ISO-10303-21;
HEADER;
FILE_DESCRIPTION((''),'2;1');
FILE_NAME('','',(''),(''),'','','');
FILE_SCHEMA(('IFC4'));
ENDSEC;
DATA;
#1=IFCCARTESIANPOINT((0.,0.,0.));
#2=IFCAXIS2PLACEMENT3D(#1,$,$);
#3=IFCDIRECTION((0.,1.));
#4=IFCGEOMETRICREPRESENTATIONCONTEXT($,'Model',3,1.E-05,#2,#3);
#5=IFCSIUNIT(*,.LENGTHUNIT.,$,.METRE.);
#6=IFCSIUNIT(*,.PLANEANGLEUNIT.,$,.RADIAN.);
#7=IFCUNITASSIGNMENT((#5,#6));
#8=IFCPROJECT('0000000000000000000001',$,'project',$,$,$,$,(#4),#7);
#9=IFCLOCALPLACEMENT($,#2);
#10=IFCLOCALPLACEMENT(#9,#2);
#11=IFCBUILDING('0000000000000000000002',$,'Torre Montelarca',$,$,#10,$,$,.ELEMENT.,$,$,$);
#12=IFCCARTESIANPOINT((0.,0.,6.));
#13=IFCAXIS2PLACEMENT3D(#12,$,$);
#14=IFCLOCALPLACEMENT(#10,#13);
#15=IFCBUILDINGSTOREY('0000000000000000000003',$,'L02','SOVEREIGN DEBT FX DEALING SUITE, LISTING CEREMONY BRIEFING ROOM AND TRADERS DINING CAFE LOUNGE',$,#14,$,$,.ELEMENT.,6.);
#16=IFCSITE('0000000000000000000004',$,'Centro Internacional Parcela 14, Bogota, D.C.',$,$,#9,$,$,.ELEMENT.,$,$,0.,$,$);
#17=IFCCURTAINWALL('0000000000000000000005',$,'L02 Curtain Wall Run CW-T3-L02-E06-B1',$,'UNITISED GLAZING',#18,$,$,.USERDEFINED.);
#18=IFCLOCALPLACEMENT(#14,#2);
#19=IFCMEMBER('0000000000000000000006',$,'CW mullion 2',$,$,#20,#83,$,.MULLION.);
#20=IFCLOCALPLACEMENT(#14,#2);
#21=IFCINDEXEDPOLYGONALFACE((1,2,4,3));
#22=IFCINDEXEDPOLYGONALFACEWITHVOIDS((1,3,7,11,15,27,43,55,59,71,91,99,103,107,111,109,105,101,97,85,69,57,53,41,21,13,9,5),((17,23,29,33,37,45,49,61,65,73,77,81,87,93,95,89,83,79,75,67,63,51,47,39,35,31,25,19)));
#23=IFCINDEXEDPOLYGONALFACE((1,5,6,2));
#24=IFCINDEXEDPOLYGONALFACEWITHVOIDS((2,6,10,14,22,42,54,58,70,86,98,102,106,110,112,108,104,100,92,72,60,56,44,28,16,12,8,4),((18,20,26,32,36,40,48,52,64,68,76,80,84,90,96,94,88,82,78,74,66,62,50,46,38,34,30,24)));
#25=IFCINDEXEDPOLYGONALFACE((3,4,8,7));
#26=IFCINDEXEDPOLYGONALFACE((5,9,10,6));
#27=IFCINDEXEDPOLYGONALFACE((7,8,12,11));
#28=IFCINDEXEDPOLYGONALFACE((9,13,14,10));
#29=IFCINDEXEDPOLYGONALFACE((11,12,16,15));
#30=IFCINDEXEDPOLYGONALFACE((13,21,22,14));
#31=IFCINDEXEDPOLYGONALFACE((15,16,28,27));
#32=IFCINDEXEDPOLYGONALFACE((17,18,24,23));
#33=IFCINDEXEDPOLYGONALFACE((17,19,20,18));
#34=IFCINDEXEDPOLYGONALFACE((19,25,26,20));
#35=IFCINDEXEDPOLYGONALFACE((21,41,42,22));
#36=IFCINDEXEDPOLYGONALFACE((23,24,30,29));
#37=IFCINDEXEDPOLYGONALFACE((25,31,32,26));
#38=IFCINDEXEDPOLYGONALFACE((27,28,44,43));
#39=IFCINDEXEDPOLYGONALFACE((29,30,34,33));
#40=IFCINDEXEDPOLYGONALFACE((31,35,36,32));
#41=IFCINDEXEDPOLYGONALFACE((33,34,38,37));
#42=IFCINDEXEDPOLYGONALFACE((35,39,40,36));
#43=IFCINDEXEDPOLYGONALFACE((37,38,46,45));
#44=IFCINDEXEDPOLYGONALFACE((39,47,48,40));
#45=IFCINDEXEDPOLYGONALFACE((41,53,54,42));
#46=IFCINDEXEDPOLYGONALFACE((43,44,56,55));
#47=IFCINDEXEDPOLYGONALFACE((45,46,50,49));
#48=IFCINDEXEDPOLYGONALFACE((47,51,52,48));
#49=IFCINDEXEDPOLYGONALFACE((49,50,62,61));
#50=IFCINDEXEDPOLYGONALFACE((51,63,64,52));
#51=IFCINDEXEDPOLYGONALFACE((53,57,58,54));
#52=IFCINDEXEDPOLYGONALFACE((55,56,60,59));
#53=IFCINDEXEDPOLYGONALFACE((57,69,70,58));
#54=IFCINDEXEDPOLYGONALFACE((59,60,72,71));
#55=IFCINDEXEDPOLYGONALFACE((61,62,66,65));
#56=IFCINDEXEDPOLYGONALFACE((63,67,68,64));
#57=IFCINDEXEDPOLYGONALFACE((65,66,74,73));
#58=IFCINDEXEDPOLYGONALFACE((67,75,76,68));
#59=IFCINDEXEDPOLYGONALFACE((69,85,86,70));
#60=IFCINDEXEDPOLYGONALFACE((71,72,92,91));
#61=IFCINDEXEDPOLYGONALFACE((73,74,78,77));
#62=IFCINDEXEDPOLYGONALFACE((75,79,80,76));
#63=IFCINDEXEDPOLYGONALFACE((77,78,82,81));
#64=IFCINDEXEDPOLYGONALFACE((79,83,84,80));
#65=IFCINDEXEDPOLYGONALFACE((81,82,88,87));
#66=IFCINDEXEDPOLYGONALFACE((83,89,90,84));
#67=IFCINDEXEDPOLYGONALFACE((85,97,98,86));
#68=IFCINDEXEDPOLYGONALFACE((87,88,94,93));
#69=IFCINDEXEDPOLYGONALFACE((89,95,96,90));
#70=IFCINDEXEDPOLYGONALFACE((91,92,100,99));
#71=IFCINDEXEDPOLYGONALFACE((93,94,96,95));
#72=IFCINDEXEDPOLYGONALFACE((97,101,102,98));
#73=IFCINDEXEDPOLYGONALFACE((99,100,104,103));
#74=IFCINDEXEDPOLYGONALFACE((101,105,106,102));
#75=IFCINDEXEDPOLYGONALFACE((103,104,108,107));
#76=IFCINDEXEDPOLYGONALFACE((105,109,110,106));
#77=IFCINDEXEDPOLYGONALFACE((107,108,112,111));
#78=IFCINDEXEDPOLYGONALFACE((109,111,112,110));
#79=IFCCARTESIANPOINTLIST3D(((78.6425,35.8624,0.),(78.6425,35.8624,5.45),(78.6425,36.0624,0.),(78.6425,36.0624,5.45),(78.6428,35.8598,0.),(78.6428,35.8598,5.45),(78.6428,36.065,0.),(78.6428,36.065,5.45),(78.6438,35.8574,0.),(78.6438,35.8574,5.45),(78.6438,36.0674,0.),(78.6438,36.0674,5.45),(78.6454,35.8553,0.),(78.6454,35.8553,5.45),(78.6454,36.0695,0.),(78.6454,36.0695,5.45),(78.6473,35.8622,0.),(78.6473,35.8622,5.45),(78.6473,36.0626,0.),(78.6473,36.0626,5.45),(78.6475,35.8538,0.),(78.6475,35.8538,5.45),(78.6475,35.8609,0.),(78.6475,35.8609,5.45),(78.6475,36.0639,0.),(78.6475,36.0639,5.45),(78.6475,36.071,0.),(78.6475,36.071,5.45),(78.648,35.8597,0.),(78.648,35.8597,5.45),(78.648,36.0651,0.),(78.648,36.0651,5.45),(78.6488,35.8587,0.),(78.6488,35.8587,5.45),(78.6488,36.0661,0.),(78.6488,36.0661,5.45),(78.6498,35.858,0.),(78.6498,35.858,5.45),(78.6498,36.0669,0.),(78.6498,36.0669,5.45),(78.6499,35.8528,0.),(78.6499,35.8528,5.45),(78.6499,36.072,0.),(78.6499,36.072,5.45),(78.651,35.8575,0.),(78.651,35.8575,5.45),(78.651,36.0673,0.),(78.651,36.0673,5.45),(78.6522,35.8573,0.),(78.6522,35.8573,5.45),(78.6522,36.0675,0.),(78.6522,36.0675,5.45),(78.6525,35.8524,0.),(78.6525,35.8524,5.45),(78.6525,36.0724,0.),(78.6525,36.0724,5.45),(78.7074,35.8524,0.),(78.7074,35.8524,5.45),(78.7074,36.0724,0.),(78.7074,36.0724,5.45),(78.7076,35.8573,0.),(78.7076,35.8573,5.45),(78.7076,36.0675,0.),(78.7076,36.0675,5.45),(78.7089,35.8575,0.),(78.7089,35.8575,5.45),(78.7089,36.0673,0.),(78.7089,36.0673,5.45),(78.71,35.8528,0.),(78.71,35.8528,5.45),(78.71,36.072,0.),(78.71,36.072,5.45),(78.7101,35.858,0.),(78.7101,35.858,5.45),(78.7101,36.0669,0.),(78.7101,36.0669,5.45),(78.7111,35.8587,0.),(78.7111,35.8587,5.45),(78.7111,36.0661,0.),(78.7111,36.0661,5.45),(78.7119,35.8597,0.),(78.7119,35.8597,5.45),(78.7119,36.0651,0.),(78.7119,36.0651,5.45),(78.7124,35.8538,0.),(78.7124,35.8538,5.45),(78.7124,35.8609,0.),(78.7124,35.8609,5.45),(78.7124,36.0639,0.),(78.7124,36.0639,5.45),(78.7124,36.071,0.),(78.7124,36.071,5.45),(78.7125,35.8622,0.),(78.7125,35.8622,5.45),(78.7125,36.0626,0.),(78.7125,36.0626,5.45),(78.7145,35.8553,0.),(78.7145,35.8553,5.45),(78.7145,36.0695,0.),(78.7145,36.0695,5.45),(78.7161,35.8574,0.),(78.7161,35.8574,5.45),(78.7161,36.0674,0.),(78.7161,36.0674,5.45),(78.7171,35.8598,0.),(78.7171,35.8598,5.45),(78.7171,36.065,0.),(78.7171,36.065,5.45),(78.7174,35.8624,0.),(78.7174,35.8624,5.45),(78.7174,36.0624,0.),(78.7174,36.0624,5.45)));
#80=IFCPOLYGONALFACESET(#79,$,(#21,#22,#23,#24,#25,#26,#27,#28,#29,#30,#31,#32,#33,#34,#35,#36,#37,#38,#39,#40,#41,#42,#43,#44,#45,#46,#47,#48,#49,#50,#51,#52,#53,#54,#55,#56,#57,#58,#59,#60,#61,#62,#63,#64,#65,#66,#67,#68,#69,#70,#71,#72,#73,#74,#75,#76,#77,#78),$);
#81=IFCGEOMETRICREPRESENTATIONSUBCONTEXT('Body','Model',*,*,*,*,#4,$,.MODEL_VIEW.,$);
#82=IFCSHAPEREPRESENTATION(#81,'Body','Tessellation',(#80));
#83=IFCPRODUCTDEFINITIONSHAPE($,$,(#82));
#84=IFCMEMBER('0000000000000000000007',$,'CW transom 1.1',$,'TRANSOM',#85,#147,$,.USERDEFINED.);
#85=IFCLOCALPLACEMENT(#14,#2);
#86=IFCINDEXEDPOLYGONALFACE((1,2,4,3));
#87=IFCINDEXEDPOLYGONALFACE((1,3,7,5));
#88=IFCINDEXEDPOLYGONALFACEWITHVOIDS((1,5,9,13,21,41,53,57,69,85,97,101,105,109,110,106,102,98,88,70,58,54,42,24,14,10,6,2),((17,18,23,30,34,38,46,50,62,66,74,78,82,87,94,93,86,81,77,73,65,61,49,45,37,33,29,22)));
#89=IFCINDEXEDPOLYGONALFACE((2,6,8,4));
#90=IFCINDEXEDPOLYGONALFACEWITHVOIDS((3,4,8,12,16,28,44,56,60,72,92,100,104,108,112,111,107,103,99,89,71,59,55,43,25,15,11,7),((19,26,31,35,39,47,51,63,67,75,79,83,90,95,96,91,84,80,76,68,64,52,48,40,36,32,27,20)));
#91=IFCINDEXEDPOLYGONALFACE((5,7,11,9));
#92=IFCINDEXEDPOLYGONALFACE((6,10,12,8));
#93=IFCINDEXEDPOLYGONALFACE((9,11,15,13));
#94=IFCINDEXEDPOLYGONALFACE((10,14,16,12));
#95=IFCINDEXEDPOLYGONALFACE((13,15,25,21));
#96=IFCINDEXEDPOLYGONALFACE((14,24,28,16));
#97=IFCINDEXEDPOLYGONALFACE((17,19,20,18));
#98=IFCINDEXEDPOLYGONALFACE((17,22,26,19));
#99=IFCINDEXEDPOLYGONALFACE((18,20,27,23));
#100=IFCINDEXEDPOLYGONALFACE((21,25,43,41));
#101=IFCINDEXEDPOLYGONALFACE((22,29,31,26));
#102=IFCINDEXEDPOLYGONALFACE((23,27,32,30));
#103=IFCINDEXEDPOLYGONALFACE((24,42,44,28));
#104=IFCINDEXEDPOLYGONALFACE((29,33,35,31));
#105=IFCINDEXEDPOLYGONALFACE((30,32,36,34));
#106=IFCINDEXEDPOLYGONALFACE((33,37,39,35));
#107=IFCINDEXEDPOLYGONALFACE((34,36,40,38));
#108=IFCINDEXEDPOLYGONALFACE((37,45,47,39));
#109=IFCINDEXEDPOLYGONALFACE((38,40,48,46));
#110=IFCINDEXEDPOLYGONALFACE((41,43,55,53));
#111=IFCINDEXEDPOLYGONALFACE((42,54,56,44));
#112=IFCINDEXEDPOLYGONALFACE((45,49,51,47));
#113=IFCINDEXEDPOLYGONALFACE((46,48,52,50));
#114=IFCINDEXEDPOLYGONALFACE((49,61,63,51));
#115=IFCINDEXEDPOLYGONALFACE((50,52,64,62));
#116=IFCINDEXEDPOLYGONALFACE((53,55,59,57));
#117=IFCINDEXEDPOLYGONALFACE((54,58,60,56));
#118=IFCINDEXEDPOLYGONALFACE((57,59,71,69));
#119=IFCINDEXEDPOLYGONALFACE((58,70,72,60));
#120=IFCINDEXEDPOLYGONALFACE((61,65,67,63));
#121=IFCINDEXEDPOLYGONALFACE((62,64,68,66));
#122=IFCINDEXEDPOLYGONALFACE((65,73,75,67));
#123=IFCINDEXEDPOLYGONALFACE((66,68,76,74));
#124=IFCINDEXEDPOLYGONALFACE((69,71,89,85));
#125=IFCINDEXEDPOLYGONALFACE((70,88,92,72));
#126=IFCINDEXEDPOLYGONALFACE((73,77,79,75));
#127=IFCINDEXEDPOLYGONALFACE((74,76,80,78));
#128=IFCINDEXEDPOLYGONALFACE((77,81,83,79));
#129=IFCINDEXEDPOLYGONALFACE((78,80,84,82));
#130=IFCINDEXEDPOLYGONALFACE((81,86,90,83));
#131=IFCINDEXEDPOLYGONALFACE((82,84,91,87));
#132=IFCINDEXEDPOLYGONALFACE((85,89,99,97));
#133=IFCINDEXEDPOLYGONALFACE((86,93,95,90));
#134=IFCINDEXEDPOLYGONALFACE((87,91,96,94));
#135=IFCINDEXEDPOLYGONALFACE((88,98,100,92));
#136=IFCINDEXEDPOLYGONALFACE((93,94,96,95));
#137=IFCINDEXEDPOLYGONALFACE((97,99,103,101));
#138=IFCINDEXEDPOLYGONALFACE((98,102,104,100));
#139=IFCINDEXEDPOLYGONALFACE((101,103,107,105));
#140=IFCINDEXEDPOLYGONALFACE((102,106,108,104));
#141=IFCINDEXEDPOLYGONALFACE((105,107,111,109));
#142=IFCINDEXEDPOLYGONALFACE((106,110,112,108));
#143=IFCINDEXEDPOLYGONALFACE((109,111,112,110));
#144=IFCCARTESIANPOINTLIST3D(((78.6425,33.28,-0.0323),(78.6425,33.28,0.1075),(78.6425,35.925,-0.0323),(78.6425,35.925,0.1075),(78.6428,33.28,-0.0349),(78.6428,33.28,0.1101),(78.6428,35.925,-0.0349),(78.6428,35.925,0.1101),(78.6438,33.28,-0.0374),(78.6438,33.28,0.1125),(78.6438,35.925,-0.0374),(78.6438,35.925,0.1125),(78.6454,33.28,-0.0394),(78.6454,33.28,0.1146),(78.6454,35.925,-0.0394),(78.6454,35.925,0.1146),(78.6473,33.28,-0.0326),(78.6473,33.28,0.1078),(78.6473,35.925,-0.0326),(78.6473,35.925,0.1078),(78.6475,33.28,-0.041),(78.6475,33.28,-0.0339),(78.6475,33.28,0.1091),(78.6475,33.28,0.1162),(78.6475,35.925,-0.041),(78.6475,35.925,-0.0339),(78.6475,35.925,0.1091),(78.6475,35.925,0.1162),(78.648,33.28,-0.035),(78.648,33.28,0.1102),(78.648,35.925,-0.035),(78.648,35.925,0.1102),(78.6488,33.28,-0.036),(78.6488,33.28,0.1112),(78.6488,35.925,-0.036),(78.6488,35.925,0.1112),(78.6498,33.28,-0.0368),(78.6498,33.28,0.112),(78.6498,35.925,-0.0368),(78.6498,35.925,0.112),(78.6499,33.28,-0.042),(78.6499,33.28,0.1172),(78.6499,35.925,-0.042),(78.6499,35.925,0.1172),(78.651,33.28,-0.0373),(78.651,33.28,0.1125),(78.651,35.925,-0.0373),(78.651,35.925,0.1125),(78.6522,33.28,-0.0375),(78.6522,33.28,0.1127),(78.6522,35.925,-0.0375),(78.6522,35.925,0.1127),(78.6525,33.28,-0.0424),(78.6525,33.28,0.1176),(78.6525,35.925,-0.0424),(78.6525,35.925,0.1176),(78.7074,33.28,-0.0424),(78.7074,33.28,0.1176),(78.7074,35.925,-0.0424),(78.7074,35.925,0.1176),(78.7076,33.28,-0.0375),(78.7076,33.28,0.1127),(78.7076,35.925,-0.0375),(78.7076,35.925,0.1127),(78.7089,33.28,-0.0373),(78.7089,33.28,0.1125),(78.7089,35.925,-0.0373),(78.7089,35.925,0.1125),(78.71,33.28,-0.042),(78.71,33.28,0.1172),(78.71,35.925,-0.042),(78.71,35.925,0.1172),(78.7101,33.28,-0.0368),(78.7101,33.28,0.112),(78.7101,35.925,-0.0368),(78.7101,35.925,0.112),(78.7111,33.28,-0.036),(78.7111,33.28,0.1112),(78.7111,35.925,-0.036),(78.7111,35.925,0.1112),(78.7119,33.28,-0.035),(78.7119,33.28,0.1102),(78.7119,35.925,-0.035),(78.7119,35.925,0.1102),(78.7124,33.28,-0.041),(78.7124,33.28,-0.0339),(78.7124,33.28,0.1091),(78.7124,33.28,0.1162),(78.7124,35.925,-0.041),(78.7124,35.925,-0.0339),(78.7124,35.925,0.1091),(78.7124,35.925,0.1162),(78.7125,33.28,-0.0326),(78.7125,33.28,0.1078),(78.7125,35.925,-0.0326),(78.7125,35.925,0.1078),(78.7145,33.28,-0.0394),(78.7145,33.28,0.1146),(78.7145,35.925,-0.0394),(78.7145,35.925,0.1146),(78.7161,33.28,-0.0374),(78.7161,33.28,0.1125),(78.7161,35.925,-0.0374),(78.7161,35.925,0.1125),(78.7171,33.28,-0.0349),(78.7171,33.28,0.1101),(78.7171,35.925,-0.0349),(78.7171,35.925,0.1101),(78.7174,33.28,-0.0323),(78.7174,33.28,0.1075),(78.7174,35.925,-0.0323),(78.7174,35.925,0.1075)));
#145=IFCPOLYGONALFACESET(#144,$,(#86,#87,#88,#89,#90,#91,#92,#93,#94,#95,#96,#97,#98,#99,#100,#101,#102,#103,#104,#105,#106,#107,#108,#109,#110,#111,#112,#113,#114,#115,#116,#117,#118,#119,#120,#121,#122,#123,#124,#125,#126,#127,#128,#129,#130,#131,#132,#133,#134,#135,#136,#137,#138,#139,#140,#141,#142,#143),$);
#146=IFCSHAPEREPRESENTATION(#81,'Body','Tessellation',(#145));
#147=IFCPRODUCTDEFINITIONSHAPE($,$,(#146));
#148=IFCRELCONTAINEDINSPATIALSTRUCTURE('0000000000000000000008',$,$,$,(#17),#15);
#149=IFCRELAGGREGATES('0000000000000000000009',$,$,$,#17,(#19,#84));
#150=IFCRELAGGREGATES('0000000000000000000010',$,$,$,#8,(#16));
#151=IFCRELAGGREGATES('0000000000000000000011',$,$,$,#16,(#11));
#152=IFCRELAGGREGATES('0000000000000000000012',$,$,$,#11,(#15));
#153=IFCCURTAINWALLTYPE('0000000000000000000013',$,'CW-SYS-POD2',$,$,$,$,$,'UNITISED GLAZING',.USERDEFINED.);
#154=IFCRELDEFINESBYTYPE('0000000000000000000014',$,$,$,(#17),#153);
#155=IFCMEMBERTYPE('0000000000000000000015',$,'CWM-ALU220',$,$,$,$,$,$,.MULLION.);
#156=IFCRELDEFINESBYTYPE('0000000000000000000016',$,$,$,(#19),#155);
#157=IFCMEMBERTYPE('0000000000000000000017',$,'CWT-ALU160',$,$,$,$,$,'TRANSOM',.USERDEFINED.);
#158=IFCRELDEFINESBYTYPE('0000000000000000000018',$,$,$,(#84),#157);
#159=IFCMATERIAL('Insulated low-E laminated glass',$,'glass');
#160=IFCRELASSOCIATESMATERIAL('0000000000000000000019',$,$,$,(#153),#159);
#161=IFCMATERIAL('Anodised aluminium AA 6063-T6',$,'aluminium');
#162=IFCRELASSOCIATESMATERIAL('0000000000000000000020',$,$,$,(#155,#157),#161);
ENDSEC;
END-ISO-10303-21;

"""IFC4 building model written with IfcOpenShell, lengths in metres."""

from ifc_helpers import new_model, si_unit, direction, frame, origin, origin_2d, place, context, subcontext, project, spatial, hollow_rectangle, extrude, source, transform, mapped, material, material_profile, profile_set, type_object, element, aggregate, save


model = new_model("IFC4")

# Units and contexts
model_context = context("Model", 3, precision=1e-05, world=origin(), true_north=direction((0.0, 1.0)))
body_context = subcontext(model_context, "Body", "Model", "MODEL_VIEW")
ifc_project = project(units=[si_unit("LENGTHUNIT", "METRE"), si_unit("PLANEANGLEUNIT", "RADIAN")], contexts=[model_context])

# Site, building, storey
site_placement = place(None, origin())
site = spatial("IfcSite", under=ifc_project, at=site_placement, Name="Centro Internacional Parcela 14, Bogota, D.C.", CompositionType="ELEMENT", RefElevation=0.0)
building_placement = place(site_placement, origin())
building = spatial("IfcBuilding", under=site, at=building_placement, Name="Torre Montelarca", CompositionType="ELEMENT")
storey_placement = place(building_placement, frame((0.0, 0.0, 6.0)))
storey = spatial("IfcBuildingStorey", under=building, at=storey_placement, Name="L02", Description="SOVEREIGN DEBT FX DEALING SUITE, LISTING CEREMONY BRIEFING ROOM AND TRADERS DINING CAFE LOUNGE", CompositionType="ELEMENT", Elevation=6.0)

# Curtain wall, members
ifc_material_1 = material(Name="Insulated low-E laminated glass", Category="glass")
curtain_wall_type = type_object("IfcCurtainWallType", Name="CW-SYS-POD2", ElementType="UNITISED GLAZING", PredefinedType="USERDEFINED", material=ifc_material_1)
curtain_wall_placement = place(storey_placement, origin())
curtain_wall = element("IfcCurtainWall", 1, at=curtain_wall_placement, inside=storey, type_object=curtain_wall_type, Name="L02 Curtain Wall Run CW-T3-L02-E06-B1", ObjectType="UNITISED GLAZING", PredefinedType="USERDEFINED")
ifc_material_2 = material(Name="Anodised aluminium AA 6063-T6", Category="aluminium")
ifc_material_profile_1 = material_profile(ifc_material_2, hollow_rectangle(XDim=0.075, YDim=0.22, WallThickness=0.0049, InnerFilletRadius=0.0049, OuterFilletRadius=0.01, at=origin_2d()), Name="ALU75X220X5", Category="aluminium")
ifc_profile_set_1 = profile_set([ifc_material_profile_1], Name="Anodised aluminium AA 6063-T6")
member_type_1 = type_object("IfcMemberType", Name="CWM-ALU220", PredefinedType="MULLION", material=ifc_profile_set_1)
shared_shape_1 = source(origin(), body_context, "Body", "SweptSolid", [
    extrude(hollow_rectangle(XDim=0.075, YDim=0.22, WallThickness=0.0049, InnerFilletRadius=0.0049, OuterFilletRadius=0.01, at=origin_2d()), origin(), (0.0, 0.0, 1.0), 5.45),
])
member_1_placement = place(storey_placement, frame((78.6799, 35.9624, 0.0), z_axis=(0.0, 0.0, 1.0), x_axis=(-1.0, 0.0, 0.0)))
member_1 = element("IfcMember", 2, at=member_1_placement, type_object=member_type_1, Name="CW mullion 2", PredefinedType="MULLION", context=body_context, shape_type="MappedRepresentation", body=[
    mapped(shared_shape_1, transform((0.0, 0.0, 0.0), scale=1.0)),
])
ifc_material_profile_2 = material_profile(ifc_material_2, hollow_rectangle(XDim=0.075, YDim=0.1599, WallThickness=0.0049, InnerFilletRadius=0.0049, OuterFilletRadius=0.01, at=origin_2d()), Name="ALU75X160X5", Category="aluminium")
ifc_profile_set_2 = profile_set([ifc_material_profile_2], Name="Anodised aluminium AA 6063-T6")
member_type_2 = type_object("IfcMemberType", Name="CWT-ALU160", ElementType="TRANSOM", PredefinedType="USERDEFINED", material=ifc_profile_set_2)
shared_shape_2 = source(origin(), body_context, "Body", "SweptSolid", [
    extrude(hollow_rectangle(XDim=0.075, YDim=0.1599, WallThickness=0.0049, InnerFilletRadius=0.0049, OuterFilletRadius=0.01, at=origin_2d()), origin(), (0.0, 0.0, 1.0), 2.645),
])
member_2_placement = place(storey_placement, frame((78.6799, 33.28, 0.0376), z_axis=(0.0, 1.0, 0.0), x_axis=(-1.0, 0.0, 0.0)))
member_2 = element("IfcMember", 3, at=member_2_placement, type_object=member_type_2, Name="CW transom 1.1", ObjectType="TRANSOM", PredefinedType="USERDEFINED", context=body_context, shape_type="MappedRepresentation", body=[
    mapped(shared_shape_2, transform((0.0, 0.0, 0.0), scale=1.0)),
])
aggregate(curtain_wall, [member_1, member_2])

save(model, "model.ifc")
